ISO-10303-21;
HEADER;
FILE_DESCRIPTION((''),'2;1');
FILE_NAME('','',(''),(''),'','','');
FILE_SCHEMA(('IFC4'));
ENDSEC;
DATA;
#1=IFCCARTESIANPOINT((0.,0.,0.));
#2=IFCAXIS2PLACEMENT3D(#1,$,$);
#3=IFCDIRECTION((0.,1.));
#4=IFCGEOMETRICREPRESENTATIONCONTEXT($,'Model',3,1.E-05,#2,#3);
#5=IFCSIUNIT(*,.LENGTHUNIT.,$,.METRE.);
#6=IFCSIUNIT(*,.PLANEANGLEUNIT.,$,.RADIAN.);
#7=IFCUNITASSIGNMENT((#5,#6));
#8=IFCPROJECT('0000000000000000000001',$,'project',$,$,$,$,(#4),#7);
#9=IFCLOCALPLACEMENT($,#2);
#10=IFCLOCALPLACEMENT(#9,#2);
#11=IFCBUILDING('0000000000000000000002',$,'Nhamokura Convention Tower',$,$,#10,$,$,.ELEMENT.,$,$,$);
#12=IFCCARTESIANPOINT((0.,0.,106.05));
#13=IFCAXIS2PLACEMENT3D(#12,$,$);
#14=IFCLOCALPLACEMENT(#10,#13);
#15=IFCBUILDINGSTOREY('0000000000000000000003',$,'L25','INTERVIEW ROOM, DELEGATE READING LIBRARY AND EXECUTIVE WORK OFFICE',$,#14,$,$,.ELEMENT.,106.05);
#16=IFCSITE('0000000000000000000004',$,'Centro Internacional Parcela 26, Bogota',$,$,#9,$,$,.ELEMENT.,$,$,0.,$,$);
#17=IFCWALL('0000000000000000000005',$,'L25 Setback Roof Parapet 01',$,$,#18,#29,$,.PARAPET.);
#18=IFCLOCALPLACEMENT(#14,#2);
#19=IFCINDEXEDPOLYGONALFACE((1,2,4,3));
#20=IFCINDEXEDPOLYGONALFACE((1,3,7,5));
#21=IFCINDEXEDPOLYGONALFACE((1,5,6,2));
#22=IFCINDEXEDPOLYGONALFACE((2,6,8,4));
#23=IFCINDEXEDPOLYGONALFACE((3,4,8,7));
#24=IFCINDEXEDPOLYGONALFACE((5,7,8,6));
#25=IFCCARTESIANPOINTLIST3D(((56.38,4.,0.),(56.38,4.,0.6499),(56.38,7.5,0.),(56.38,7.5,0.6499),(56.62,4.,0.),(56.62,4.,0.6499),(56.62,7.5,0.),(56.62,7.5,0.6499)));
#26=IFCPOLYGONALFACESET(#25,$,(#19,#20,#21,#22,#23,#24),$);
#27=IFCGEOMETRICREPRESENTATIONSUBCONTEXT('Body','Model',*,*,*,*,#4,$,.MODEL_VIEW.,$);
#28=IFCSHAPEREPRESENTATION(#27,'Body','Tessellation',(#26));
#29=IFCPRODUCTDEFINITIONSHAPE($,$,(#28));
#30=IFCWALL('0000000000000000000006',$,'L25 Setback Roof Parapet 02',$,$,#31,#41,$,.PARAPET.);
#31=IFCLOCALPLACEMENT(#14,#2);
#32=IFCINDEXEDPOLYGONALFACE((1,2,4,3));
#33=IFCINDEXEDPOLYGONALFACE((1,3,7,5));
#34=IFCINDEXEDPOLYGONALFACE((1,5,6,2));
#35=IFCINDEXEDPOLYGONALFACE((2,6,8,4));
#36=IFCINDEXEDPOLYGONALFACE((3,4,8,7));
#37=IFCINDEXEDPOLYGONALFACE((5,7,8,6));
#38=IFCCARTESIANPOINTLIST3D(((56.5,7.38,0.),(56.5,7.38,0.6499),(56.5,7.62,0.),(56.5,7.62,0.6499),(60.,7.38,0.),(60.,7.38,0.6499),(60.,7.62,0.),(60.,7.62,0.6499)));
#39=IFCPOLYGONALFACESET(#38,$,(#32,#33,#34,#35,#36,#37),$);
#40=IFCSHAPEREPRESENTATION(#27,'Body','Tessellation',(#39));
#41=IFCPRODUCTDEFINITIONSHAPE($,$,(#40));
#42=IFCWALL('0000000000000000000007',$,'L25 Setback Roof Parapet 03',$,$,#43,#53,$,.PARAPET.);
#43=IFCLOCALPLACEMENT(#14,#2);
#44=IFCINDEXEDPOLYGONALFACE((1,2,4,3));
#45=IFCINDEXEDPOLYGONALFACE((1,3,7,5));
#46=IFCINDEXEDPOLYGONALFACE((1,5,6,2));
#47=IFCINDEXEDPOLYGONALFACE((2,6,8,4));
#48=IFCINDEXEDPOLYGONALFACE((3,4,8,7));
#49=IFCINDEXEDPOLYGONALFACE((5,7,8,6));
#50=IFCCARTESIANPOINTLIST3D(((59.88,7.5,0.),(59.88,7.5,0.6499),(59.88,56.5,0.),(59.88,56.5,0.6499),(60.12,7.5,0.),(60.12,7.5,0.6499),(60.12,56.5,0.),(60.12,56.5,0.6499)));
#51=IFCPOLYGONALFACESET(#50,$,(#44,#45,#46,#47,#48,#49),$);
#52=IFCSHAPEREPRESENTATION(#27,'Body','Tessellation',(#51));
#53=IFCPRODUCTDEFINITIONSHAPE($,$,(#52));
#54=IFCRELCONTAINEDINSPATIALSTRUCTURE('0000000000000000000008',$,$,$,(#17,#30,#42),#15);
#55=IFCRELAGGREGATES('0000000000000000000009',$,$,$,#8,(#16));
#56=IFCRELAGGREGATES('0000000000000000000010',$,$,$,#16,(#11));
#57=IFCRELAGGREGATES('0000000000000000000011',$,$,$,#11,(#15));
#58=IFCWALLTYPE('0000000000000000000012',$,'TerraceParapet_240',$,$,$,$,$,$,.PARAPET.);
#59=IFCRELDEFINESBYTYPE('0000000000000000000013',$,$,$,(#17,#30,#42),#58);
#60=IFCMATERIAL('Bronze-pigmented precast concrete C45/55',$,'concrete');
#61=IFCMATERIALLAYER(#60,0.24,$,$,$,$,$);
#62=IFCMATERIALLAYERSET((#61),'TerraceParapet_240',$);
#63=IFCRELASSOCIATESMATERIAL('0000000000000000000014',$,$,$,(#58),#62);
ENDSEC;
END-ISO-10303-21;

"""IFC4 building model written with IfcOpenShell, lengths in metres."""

from ifc_helpers import new_model, si_unit, direction, frame, frame_2d, origin, place, context, subcontext, project, spatial, rectangle, extrude, material, layer, layer_set, type_object, element, save


model = new_model("IFC4")

# Units and contexts
model_context = context("Model", 3, precision=1e-05, world=origin(), true_north=direction((0.0, 1.0)))
body_context = subcontext(model_context, "Body", "Model", "MODEL_VIEW")
ifc_project = project(units=[si_unit("LENGTHUNIT", "METRE"), si_unit("PLANEANGLEUNIT", "RADIAN")], contexts=[model_context])

# Site, building, storey
site_placement = place(None, origin())
site = spatial("IfcSite", under=ifc_project, at=site_placement, Name="Centro Internacional Parcela 26, Bogota", CompositionType="ELEMENT", RefElevation=0.0)
building_placement = place(site_placement, origin())
building = spatial("IfcBuilding", under=site, at=building_placement, Name="Nhamokura Convention Tower", CompositionType="ELEMENT")
storey_placement = place(building_placement, frame((0.0, 0.0, 106.05)))
storey = spatial("IfcBuildingStorey", under=building, at=storey_placement, Name="L25", Description="INTERVIEW ROOM, DELEGATE READING LIBRARY AND EXECUTIVE WORK OFFICE", CompositionType="ELEMENT", Elevation=106.05)

# Walls
ifc_material_1 = material(Name="Bronze-pigmented precast concrete C45/55", Category="concrete")
ifc_layer_1 = layer(ifc_material_1, 0.24)
ifc_layer_set_1 = layer_set([ifc_layer_1], Name="TerraceParapet_240")
wall_type_1 = type_object("IfcWallType", Name="TerraceParapet_240", PredefinedType="PARAPET", material=ifc_layer_set_1)
for number, where, z_axis, x_axis, name in (
    (1, (56.5, 4.0, 0.0), (0.0, 0.0, 1.0), (0.0, 1.0, 0.0), "L25 Setback Roof Parapet 01"),
    (2, (56.5, 7.5, 0.0), (0.0, 0.0, 1.0), (1.0, 0.0, 0.0), "L25 Setback Roof Parapet 02"),
):
    element("IfcWall", number, at=place(storey_placement, frame(where, z_axis=z_axis, x_axis=x_axis)), inside=storey, type_object=wall_type_1, Name=name, PredefinedType="PARAPET", context=body_context, shape_type="SweptSolid", body=[
        extrude(rectangle(XDim=3.5, YDim=0.24, at=frame_2d((1.75, 0.0))), origin(), (0.0, 0.0, 1.0), 0.6499),
    ])
wall_1_placement = place(storey_placement, frame((60.0, 7.5, 0.0), z_axis=(0.0, 0.0, 1.0), x_axis=(0.0, 1.0, 0.0)))
element("IfcWall", 3, at=wall_1_placement, inside=storey, type_object=wall_type_1, Name="L25 Setback Roof Parapet 03", PredefinedType="PARAPET", context=body_context, shape_type="SweptSolid", body=[
    extrude(rectangle(XDim=49.0, YDim=0.24, at=frame_2d((24.5, 0.0))), origin(), (0.0, 0.0, 1.0), 0.6499),
])

save(model, "model.ifc")
